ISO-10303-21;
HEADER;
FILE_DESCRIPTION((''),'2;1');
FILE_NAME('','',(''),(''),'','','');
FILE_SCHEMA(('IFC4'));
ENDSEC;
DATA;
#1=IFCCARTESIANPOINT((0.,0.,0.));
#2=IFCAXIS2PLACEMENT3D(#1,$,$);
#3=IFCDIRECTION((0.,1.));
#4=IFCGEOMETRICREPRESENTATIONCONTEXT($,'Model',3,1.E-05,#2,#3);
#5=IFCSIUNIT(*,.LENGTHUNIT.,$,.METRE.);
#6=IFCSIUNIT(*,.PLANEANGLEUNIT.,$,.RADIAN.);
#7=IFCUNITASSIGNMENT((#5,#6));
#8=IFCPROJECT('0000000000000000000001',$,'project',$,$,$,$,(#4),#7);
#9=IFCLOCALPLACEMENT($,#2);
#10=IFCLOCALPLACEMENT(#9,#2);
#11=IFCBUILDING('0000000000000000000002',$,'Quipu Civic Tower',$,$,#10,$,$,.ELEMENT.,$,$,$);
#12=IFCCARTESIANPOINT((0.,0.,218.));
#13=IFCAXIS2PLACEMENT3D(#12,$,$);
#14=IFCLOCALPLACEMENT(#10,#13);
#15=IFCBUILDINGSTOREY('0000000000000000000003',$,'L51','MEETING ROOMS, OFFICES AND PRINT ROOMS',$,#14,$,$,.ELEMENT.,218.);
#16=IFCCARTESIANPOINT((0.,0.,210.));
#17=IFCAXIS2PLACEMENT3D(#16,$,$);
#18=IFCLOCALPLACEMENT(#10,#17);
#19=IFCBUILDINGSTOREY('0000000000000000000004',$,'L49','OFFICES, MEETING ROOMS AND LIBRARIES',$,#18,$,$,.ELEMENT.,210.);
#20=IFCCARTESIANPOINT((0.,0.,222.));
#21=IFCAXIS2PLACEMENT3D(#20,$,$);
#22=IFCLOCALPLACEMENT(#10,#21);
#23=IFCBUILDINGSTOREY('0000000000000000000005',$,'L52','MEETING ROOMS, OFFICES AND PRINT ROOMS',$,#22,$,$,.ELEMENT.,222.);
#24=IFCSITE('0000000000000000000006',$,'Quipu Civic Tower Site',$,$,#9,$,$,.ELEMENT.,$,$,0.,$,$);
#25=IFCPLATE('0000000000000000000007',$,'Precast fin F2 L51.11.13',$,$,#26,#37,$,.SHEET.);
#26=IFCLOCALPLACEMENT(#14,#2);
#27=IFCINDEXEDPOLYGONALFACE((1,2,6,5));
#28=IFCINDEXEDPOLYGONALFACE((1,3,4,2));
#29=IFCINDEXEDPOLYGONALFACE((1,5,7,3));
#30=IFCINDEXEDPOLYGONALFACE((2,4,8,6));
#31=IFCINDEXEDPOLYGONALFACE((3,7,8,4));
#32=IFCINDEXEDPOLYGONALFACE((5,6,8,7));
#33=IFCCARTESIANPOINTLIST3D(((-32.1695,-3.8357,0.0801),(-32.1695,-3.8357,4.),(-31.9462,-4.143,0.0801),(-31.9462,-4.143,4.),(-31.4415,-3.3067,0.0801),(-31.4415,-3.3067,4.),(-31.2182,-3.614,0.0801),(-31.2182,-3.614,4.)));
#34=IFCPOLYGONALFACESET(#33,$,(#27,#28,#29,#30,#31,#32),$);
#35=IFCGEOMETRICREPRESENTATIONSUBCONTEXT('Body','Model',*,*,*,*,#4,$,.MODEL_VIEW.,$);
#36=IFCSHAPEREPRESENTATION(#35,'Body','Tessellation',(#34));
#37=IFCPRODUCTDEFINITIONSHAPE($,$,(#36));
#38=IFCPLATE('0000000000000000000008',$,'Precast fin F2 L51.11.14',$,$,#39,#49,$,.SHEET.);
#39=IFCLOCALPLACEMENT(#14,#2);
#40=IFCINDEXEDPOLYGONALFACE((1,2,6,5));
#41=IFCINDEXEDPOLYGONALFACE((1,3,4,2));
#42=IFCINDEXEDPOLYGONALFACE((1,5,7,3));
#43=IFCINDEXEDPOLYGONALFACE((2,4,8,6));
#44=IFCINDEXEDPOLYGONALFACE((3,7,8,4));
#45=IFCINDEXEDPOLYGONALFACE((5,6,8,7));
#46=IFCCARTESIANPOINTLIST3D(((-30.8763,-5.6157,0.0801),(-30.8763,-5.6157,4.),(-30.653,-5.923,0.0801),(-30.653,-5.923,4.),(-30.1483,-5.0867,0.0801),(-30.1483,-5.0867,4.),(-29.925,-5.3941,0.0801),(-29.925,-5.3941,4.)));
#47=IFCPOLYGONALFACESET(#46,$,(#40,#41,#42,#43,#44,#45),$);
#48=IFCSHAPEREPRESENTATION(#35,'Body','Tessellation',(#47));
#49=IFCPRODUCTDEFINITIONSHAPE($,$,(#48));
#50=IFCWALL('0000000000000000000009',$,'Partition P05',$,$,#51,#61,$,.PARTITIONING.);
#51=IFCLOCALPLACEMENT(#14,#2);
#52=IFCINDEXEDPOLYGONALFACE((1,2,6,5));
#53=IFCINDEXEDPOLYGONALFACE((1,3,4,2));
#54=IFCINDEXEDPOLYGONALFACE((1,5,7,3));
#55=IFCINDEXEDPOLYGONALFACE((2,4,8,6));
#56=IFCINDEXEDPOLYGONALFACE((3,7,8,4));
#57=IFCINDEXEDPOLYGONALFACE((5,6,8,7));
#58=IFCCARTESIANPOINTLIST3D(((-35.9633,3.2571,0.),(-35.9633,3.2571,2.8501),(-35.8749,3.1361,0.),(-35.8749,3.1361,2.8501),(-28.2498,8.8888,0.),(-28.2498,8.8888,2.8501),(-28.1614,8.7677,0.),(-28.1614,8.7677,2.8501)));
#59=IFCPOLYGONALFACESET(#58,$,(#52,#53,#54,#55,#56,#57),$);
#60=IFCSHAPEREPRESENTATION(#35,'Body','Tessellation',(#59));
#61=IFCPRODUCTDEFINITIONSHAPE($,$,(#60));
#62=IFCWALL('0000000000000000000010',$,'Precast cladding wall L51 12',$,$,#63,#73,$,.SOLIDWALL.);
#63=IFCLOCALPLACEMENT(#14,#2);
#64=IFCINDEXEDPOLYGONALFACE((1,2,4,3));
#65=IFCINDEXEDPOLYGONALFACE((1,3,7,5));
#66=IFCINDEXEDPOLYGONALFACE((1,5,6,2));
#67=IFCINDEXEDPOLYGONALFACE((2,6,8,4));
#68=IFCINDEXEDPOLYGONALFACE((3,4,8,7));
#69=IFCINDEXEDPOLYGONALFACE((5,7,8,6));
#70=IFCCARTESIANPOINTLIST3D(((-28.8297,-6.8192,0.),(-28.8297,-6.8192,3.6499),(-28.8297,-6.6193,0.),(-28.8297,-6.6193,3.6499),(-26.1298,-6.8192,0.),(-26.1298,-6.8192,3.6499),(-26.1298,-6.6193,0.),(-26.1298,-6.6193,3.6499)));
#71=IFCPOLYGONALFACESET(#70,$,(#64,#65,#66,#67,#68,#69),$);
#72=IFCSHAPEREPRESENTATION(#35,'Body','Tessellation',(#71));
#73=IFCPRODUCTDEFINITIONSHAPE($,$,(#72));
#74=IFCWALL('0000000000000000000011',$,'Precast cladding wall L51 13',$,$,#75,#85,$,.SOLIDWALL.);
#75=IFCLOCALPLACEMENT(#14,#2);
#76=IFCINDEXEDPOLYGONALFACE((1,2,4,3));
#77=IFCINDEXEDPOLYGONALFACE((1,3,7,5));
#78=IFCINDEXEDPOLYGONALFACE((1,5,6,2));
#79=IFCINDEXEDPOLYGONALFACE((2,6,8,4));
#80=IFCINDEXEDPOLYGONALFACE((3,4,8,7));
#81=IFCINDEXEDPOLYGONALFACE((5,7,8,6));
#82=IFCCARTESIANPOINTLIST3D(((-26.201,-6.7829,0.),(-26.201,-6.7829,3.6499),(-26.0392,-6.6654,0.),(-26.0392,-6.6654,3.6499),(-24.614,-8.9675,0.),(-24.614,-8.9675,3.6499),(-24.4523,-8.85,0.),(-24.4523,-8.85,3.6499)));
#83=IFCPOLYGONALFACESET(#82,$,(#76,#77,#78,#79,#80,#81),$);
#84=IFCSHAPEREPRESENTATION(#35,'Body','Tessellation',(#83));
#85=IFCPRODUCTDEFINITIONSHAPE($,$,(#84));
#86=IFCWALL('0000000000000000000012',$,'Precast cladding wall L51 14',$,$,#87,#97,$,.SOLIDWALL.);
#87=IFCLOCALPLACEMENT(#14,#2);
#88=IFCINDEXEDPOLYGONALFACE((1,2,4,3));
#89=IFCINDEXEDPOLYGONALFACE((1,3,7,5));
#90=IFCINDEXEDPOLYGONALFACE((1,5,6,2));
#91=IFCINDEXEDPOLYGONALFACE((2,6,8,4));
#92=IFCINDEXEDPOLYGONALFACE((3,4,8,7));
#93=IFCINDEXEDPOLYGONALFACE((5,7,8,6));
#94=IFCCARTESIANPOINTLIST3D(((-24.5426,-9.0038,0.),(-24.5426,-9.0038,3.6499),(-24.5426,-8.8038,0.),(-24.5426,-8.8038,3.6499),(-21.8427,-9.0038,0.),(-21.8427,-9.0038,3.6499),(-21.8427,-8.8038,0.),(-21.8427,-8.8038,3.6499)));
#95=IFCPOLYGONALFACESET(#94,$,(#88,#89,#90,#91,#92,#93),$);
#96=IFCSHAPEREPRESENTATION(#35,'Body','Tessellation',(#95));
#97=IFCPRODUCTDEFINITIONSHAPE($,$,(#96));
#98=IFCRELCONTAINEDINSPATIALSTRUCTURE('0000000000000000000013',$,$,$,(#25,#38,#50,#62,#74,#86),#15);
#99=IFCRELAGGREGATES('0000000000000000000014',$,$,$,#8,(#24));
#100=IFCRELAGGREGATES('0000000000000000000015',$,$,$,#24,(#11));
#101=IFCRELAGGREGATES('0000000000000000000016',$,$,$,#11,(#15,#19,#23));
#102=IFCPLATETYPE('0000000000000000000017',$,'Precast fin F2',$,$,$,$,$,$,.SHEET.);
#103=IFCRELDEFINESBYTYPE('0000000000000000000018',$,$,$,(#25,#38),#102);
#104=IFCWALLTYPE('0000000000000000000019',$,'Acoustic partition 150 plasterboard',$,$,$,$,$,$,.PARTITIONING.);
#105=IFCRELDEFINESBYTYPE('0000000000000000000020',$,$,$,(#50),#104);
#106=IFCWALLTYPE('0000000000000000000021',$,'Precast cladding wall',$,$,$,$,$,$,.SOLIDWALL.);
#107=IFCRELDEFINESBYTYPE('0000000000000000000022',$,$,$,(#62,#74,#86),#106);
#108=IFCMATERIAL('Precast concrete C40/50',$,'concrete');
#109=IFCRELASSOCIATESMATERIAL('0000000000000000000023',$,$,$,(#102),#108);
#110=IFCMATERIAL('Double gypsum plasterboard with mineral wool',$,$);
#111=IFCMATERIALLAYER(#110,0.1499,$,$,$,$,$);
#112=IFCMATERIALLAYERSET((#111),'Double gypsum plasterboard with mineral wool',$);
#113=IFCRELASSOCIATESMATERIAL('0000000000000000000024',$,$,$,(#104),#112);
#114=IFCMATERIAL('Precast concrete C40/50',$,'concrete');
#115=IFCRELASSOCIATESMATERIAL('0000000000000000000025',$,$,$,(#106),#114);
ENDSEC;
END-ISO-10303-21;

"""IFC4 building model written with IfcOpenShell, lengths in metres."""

from ifc_helpers import new_model, si_unit, direction, frame, frame_2d, origin, origin_2d, place, context, subcontext, project, spatial, rectangle, extrude, material, layer, layer_set, type_object, element, save


model = new_model("IFC4")

# Units and contexts
model_context = context("Model", 3, precision=1e-05, world=origin(), true_north=direction((0.0, 1.0)))
body_context = subcontext(model_context, "Body", "Model", "MODEL_VIEW")
ifc_project = project(units=[si_unit("LENGTHUNIT", "METRE"), si_unit("PLANEANGLEUNIT", "RADIAN")], contexts=[model_context])

# Site, building, storey
site_placement = place(None, origin())
site = spatial("IfcSite", under=ifc_project, at=site_placement, Name="Quipu Civic Tower Site", CompositionType="ELEMENT", RefElevation=0.0)
building_placement = place(site_placement, origin())
building = spatial("IfcBuilding", under=site, at=building_placement, Name="Quipu Civic Tower", CompositionType="ELEMENT")
storey_1_placement = place(building_placement, frame((0.0, 0.0, 218.0)))
storey_1 = spatial("IfcBuildingStorey", under=building, at=storey_1_placement, Name="L51", Description="MEETING ROOMS, OFFICES AND PRINT ROOMS", CompositionType="ELEMENT", Elevation=218.0)

# Shared definitions
storey_2_placement = place(building_placement, frame((0.0, 0.0, 210.0)))
storey_2 = spatial("IfcBuildingStorey", under=building, at=storey_2_placement, Name="L49", Description="OFFICES, MEETING ROOMS AND LIBRARIES", CompositionType="ELEMENT", Elevation=210.0)

# Shared definitions
storey_3_placement = place(building_placement, frame((0.0, 0.0, 222.0)))
storey_3 = spatial("IfcBuildingStorey", under=building, at=storey_3_placement, Name="L52", Description="MEETING ROOMS, OFFICES AND PRINT ROOMS", CompositionType="ELEMENT", Elevation=222.0)

# Plates
ifc_material_1 = material(Name="Precast concrete C40/50", Category="concrete")
plate_type_1 = type_object("IfcPlateType", Name="Precast fin F2", PredefinedType="SHEET", material=ifc_material_1)
for number, where, z_axis, x_axis, name in (
    (1, (-31.6938, -3.7249, 0.0801), (0.0, 0.0, 1.0), (0.587786, -0.809017, 0.0), "Precast fin F2 L51.11.13"),
    (2, (-30.4006, -5.5049, 0.0801), (0.0, 0.0, 1.0), (0.587786, -0.809017, 0.0), "Precast fin F2 L51.11.14"),
):
    element("IfcPlate", number, at=place(storey_1_placement, frame(where, z_axis=z_axis, x_axis=x_axis)), inside=storey_1, type_object=plate_type_1, Name=name, PredefinedType="SHEET", context=body_context, shape_type="SweptSolid", body=[
        extrude(rectangle(XDim=0.3799, YDim=0.8999, at=origin_2d()), origin(), (0.0, 0.0, 1.0), 3.9199),
    ])

# Walls
ifc_material_2 = material(Name="Double gypsum plasterboard with mineral wool")
ifc_layer_1 = layer(ifc_material_2, 0.1499)
ifc_layer_set_1 = layer_set([ifc_layer_1], Name="Double gypsum plasterboard with mineral wool")
wall_type_1 = type_object("IfcWallType", Name="Acoustic partition 150 plasterboard", PredefinedType="PARTITIONING", material=ifc_layer_set_1)
wall_1_placement = place(storey_1_placement, frame((-35.9192, 3.1965, 0.0), z_axis=(0.0, 0.0, 1.0), x_axis=(0.807646, 0.589668, 0.0)))
element("IfcWall", 3, at=wall_1_placement, inside=storey_1, type_object=wall_type_1, Name="Partition P05", PredefinedType="PARTITIONING", context=body_context, shape_type="SweptSolid", body=[
    extrude(rectangle(XDim=9.5505, YDim=0.1499, at=frame_2d((4.7754, 0.0))), origin(), (0.0, 0.0, 1.0), 2.8501),
])
ifc_material_3 = material(Name="Precast concrete C40/50", Category="concrete")
wall_type_2 = type_object("IfcWallType", Name="Precast cladding wall", PredefinedType="SOLIDWALL", material=ifc_material_3)
wall_2_placement = place(storey_1_placement, frame((-28.8298, -6.7192, 0.0), z_axis=(0.0, 0.0, 1.0), x_axis=(1.0, 0.0, 0.0)))
element("IfcWall", 4, at=wall_2_placement, inside=storey_1, type_object=wall_type_2, Name="Precast cladding wall L51 12", PredefinedType="SOLIDWALL", context=body_context, shape_type="SweptSolid", body=[
    extrude(rectangle(XDim=2.7, YDim=0.2, at=frame_2d((1.3501, 0.0))), origin(), (0.0, 0.0, 1.0), 3.6499),
])
wall_3_placement = place(storey_1_placement, frame((-26.1201, -6.7241, 0.0), z_axis=(0.0, 0.0, 1.0), x_axis=(0.58772, -0.809064, 0.0)))
element("IfcWall", 5, at=wall_3_placement, inside=storey_1, type_object=wall_type_2, Name="Precast cladding wall L51 13", PredefinedType="SOLIDWALL", context=body_context, shape_type="SweptSolid", body=[
    extrude(rectangle(XDim=2.7002, YDim=0.2, at=frame_2d((1.3501, 0.0))), origin(), (0.0, 0.0, 1.0), 3.6499),
])
wall_4_placement = place(storey_1_placement, frame((-24.5427, -8.9038, 0.0), z_axis=(0.0, 0.0, 1.0), x_axis=(1.0, 0.0, 0.0)))
element("IfcWall", 6, at=wall_4_placement, inside=storey_1, type_object=wall_type_2, Name="Precast cladding wall L51 14", PredefinedType="SOLIDWALL", context=body_context, shape_type="SweptSolid", body=[
    extrude(rectangle(XDim=2.7, YDim=0.2, at=frame_2d((1.3501, 0.0))), origin(), (0.0, 0.0, 1.0), 3.6499),
])

save(model, "model.ifc")
